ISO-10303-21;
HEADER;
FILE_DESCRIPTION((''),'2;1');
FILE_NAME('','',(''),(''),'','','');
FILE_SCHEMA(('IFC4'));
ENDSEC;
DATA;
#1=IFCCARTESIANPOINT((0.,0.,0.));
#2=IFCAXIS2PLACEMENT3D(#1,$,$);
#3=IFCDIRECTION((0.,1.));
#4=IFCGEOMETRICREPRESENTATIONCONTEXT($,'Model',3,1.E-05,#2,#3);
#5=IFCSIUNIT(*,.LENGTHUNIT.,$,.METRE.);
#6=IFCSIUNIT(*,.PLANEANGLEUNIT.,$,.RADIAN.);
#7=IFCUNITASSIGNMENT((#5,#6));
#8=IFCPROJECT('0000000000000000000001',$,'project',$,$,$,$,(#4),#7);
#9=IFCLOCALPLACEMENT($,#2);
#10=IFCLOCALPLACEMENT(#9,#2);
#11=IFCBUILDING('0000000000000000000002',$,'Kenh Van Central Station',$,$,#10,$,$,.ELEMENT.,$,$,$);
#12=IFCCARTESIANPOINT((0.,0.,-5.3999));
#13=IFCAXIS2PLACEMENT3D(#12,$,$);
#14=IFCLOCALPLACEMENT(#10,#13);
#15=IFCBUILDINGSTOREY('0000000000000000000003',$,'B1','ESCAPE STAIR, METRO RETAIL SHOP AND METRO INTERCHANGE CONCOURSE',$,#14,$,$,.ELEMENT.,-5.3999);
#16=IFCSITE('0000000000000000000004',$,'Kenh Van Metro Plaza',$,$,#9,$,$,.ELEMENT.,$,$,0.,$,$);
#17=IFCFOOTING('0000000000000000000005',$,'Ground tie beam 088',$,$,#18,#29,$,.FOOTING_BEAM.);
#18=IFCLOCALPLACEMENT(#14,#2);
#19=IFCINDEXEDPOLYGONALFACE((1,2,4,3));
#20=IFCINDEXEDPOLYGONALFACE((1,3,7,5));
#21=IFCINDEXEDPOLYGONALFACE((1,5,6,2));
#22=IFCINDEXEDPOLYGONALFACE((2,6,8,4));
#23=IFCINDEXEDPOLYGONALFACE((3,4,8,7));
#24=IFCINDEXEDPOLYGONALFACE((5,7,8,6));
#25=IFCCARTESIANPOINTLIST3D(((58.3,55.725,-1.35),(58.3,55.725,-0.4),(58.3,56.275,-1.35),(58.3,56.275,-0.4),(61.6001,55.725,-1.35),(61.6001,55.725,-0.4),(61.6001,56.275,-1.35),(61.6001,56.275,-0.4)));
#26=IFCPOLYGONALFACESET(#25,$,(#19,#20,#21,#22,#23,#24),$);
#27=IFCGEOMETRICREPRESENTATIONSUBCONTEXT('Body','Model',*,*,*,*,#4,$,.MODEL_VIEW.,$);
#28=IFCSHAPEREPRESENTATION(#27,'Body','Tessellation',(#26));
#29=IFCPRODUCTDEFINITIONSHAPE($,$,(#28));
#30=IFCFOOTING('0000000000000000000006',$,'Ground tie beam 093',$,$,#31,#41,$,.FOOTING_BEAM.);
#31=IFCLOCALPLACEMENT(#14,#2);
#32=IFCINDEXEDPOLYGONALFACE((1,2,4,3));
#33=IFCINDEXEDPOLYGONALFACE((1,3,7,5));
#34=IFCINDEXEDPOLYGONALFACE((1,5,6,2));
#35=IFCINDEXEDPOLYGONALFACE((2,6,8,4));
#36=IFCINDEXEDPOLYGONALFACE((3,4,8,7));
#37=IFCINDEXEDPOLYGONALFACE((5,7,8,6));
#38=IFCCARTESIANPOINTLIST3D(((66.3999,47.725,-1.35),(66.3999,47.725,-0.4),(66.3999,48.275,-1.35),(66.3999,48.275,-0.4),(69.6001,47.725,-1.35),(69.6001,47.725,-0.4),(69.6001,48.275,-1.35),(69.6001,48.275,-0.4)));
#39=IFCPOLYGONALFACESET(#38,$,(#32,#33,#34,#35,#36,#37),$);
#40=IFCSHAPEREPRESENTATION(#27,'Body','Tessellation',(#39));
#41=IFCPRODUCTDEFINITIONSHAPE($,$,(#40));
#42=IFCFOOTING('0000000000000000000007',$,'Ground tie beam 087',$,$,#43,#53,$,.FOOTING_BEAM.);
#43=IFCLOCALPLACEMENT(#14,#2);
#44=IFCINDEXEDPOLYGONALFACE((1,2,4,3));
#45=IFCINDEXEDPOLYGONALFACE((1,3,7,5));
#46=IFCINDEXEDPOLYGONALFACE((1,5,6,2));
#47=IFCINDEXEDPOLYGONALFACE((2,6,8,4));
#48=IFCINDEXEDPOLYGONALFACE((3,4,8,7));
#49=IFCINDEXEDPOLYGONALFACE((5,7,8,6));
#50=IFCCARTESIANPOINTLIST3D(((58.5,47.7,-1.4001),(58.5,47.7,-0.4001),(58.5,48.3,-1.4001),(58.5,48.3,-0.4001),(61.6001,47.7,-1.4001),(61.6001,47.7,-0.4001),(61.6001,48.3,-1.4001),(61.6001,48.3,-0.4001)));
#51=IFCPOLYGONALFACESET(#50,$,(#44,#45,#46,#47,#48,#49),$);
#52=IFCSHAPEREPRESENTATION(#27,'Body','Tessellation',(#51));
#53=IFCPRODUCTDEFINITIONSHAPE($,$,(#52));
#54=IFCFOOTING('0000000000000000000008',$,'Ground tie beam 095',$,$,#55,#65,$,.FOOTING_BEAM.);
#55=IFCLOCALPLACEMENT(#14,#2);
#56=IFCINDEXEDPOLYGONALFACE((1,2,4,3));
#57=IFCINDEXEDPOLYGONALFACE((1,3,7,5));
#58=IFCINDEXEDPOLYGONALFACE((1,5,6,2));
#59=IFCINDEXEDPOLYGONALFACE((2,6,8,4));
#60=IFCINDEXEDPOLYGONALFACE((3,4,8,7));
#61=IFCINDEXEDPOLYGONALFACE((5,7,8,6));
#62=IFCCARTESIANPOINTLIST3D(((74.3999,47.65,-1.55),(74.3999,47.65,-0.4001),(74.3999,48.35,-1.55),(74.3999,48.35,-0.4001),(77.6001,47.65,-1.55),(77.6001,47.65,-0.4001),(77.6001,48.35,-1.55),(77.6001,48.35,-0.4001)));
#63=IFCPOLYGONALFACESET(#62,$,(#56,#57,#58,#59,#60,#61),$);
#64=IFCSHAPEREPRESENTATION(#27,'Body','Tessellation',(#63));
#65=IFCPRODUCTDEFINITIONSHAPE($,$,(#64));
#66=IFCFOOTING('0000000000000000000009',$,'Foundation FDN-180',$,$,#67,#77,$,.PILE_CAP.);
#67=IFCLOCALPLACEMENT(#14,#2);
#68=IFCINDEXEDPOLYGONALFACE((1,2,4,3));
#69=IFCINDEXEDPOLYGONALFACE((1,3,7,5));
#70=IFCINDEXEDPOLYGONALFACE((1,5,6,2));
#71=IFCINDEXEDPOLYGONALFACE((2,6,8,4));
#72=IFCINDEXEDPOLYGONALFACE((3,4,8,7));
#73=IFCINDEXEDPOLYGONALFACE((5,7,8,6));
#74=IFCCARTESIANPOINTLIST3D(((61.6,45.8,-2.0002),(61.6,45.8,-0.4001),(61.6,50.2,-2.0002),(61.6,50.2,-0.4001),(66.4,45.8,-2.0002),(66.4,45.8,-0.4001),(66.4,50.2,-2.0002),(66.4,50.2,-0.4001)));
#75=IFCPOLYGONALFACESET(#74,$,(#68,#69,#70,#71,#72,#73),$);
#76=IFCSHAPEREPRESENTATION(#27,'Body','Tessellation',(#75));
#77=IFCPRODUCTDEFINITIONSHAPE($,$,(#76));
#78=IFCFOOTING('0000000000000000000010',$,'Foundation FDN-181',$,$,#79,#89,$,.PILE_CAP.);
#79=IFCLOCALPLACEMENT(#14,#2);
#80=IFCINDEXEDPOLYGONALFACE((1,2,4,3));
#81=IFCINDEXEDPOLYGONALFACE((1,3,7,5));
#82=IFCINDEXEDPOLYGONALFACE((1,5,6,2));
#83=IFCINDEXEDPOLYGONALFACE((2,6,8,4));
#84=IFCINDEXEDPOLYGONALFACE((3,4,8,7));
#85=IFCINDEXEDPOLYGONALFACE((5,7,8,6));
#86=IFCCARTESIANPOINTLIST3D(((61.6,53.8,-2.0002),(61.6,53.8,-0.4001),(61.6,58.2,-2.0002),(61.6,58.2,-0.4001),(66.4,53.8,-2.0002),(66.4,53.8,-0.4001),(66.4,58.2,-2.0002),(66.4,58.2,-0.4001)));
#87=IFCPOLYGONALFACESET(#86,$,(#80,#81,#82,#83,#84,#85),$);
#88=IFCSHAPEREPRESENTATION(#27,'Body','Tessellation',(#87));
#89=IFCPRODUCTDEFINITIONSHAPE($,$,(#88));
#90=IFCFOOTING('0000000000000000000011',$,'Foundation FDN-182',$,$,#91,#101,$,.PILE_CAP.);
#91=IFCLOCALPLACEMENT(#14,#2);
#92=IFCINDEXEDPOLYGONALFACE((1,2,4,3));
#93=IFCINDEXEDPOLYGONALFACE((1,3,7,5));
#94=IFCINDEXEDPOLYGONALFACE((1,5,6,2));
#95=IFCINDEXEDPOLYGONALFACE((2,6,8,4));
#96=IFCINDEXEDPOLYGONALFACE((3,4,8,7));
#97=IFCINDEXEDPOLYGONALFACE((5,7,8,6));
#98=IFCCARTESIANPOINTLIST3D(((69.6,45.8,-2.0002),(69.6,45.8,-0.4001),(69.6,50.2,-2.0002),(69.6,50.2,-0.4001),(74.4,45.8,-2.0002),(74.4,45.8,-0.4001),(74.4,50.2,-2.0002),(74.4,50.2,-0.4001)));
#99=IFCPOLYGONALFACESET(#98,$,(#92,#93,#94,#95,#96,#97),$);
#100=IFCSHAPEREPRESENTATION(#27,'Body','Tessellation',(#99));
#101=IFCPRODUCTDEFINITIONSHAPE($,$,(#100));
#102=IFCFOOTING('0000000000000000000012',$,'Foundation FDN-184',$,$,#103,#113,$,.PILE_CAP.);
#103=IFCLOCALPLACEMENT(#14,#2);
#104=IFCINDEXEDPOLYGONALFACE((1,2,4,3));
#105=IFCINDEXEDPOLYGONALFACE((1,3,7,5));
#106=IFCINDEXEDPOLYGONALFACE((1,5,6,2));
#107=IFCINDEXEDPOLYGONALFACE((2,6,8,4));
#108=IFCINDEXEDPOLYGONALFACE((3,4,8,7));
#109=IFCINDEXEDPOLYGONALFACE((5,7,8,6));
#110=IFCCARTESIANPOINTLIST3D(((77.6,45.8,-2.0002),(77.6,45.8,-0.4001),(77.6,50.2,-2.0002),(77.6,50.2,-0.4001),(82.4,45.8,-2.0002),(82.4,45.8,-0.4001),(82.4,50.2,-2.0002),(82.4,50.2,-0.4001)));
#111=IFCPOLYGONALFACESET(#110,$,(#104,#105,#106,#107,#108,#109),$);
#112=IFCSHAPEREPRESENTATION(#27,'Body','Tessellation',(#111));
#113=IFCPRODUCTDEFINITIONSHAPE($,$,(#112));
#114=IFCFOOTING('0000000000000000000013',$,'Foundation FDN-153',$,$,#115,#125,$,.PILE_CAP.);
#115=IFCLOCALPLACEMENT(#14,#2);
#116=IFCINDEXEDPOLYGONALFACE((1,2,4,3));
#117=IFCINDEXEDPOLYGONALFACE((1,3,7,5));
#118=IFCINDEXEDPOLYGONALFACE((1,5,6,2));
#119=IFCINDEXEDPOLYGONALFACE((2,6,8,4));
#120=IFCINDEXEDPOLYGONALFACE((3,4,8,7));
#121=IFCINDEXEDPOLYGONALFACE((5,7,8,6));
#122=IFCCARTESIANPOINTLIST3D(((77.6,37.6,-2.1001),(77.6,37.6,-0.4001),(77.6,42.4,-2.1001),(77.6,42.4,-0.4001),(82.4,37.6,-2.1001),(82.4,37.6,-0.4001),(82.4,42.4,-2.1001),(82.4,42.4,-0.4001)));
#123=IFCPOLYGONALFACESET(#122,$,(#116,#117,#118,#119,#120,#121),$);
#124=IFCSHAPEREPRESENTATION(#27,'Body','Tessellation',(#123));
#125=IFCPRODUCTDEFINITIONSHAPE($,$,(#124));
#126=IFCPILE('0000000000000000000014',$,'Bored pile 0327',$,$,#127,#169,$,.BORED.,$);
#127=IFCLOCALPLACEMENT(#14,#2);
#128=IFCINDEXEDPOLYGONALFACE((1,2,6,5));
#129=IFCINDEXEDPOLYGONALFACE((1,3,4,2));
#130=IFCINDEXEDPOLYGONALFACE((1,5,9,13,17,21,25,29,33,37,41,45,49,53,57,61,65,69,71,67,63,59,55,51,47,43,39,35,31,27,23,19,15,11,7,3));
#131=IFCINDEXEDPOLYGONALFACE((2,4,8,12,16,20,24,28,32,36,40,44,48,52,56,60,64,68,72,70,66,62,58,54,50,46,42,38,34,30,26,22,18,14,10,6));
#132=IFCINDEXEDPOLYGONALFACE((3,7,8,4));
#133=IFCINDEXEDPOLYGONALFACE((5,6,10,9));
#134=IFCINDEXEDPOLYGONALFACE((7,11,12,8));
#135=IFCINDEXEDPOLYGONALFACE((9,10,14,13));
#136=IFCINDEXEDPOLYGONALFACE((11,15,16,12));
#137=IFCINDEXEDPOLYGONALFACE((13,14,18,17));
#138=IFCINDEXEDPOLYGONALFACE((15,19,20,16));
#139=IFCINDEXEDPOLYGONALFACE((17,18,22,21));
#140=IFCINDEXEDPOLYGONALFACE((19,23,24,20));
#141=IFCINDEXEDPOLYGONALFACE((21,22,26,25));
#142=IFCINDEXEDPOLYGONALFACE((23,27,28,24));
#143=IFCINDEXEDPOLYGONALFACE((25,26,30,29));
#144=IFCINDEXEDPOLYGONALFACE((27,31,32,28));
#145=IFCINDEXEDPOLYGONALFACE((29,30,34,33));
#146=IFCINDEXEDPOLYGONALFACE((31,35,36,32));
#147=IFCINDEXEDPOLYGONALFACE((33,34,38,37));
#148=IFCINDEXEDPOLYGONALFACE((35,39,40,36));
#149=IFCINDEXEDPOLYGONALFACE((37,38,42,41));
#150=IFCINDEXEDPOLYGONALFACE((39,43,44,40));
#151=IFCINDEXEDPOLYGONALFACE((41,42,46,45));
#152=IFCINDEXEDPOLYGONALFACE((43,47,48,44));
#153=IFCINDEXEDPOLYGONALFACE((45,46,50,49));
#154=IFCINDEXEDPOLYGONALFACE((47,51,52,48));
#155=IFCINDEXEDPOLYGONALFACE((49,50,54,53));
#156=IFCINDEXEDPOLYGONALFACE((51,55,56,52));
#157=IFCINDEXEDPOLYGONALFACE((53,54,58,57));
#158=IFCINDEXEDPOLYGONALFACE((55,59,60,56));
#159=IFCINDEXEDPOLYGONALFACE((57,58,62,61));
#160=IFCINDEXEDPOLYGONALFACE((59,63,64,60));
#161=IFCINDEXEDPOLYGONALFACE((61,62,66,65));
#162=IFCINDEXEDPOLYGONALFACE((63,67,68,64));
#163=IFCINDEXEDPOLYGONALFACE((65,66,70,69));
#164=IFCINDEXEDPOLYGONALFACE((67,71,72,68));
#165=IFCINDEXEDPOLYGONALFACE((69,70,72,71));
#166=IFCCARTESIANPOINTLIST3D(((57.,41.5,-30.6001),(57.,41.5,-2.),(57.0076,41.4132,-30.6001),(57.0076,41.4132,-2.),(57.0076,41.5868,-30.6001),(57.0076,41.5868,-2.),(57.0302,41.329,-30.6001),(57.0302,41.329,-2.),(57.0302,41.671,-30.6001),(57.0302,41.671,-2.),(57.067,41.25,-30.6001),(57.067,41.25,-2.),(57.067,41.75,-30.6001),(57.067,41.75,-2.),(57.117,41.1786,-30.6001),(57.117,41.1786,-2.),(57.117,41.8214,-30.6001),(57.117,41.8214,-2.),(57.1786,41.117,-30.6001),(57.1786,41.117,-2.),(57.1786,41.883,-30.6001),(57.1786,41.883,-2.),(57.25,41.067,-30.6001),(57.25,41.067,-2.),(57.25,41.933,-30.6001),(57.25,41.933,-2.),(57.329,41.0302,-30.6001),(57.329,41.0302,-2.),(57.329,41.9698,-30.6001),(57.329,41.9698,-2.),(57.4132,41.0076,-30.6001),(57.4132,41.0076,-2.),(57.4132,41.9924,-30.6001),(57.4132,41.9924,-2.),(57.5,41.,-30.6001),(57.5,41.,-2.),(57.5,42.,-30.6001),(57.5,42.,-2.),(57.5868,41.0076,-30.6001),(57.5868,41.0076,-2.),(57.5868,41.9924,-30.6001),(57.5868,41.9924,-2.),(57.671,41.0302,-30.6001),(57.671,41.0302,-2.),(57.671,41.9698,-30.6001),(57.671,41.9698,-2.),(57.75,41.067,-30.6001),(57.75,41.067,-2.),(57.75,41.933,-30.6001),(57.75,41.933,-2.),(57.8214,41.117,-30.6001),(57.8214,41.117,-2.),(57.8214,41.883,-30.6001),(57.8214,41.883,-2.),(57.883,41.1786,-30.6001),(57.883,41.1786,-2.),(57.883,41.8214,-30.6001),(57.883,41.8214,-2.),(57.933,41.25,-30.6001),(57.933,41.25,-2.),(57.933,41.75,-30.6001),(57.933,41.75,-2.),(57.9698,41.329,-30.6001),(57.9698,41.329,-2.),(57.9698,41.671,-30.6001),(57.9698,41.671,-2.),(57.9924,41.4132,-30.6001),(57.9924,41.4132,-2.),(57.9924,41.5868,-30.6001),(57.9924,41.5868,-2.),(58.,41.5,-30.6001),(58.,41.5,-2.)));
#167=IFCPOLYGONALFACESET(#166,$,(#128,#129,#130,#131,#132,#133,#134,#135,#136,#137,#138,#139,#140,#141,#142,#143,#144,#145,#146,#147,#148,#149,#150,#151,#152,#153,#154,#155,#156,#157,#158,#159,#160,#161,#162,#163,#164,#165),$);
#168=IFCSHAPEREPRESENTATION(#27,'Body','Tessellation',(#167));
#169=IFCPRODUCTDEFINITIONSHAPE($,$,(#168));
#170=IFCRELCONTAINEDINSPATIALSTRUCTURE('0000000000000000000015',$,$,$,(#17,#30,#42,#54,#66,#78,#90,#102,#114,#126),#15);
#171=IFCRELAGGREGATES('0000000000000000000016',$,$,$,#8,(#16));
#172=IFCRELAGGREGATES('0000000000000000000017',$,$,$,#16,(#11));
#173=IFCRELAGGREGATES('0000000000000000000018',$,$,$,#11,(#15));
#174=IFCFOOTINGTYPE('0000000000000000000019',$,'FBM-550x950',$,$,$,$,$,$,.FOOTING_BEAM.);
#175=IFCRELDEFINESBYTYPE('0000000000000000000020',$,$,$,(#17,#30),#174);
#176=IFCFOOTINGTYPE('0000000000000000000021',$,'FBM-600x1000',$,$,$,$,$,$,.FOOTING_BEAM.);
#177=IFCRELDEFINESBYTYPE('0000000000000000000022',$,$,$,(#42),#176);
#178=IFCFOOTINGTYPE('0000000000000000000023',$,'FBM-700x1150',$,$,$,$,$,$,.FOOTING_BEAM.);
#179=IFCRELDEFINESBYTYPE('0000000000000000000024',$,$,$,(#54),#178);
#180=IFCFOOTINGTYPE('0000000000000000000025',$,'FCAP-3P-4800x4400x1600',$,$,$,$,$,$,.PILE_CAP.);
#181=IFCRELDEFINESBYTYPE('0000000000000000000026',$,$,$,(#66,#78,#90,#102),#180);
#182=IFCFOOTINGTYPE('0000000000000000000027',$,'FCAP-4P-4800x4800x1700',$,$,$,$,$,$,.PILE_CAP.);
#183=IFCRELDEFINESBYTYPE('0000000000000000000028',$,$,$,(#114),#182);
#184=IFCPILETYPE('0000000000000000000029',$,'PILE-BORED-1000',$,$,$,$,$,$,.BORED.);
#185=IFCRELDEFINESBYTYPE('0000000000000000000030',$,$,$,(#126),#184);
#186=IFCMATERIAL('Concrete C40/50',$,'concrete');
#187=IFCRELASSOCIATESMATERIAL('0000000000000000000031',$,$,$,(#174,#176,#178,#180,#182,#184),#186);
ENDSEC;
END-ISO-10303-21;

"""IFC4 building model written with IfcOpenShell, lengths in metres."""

from ifc_helpers import new_model, si_unit, direction, frame, origin, origin_2d, place, context, subcontext, project, spatial, rectangle, circle, extrude, material, material_profile, profile_set, type_object, element, save


model = new_model("IFC4")

# Units and contexts
model_context = context("Model", 3, precision=1e-05, world=origin(), true_north=direction((0.0, 1.0)))
body_context = subcontext(model_context, "Body", "Model", "MODEL_VIEW")
ifc_project = project(units=[si_unit("LENGTHUNIT", "METRE"), si_unit("PLANEANGLEUNIT", "RADIAN")], contexts=[model_context])

# Site, building, storey
site_placement = place(None, origin())
site = spatial("IfcSite", under=ifc_project, at=site_placement, Name="Kenh Van Metro Plaza", CompositionType="ELEMENT", RefElevation=0.0)
building_placement = place(site_placement, origin())
building = spatial("IfcBuilding", under=site, at=building_placement, Name="Kenh Van Central Station", CompositionType="ELEMENT")
storey_placement = place(building_placement, frame((0.0, 0.0, -5.3999)))
storey = spatial("IfcBuildingStorey", under=building, at=storey_placement, Name="B1", Description="ESCAPE STAIR, METRO RETAIL SHOP AND METRO INTERCHANGE CONCOURSE", CompositionType="ELEMENT", Elevation=-5.3999)

# Footings
ifc_material = material(Name="Concrete C40/50", Category="concrete")
ifc_material_profile_1 = material_profile(ifc_material, rectangle(XDim=0.55, YDim=0.95, at=origin_2d()), Name="RC 550x950")
ifc_profile_set_1 = profile_set([ifc_material_profile_1], Name="Concrete C40/50")
footing_type_1 = type_object("IfcFootingType", Name="FBM-550x950", PredefinedType="FOOTING_BEAM", material=ifc_profile_set_1)
footing_1_placement = place(storey_placement, frame((58.3, 56.0, -0.875), z_axis=(1.0, 0.0, 0.0), x_axis=(0.0, 1.0, 0.0)))
element("IfcFooting", 1, at=footing_1_placement, inside=storey, type_object=footing_type_1, Name="Ground tie beam 088", PredefinedType="FOOTING_BEAM", context=body_context, shape_type="SweptSolid", body=[
    extrude(rectangle(XDim=0.55, YDim=0.95, at=origin_2d()), origin(), (0.0, 0.0, 1.0), 3.3),
])
footing_2_placement = place(storey_placement, frame((66.3999, 48.0, -0.875), z_axis=(1.0, 0.0, 0.0), x_axis=(0.0, 1.0, 0.0)))
element("IfcFooting", 2, at=footing_2_placement, inside=storey, type_object=footing_type_1, Name="Ground tie beam 093", PredefinedType="FOOTING_BEAM", context=body_context, shape_type="SweptSolid", body=[
    extrude(rectangle(XDim=0.55, YDim=0.95, at=origin_2d()), origin(), (0.0, 0.0, 1.0), 3.2002),
])
ifc_material_profile_2 = material_profile(ifc_material, rectangle(XDim=0.6001, YDim=1.0, at=origin_2d()), Name="RC 600x1000")
ifc_profile_set_2 = profile_set([ifc_material_profile_2], Name="Concrete C40/50")
footing_type_2 = type_object("IfcFootingType", Name="FBM-600x1000", PredefinedType="FOOTING_BEAM", material=ifc_profile_set_2)
footing_3_placement = place(storey_placement, frame((58.5, 48.0, -0.9001), z_axis=(1.0, 0.0, 0.0), x_axis=(0.0, 1.0, 0.0)))
element("IfcFooting", 3, at=footing_3_placement, inside=storey, type_object=footing_type_2, Name="Ground tie beam 087", PredefinedType="FOOTING_BEAM", context=body_context, shape_type="SweptSolid", body=[
    extrude(rectangle(XDim=0.6001, YDim=1.0, at=origin_2d()), origin(), (0.0, 0.0, 1.0), 3.1001),
])
ifc_material_profile_3 = material_profile(ifc_material, rectangle(XDim=0.7, YDim=1.1499, at=origin_2d()), Name="RC 700x1150")
ifc_profile_set_3 = profile_set([ifc_material_profile_3], Name="Concrete C40/50")
footing_type_3 = type_object("IfcFootingType", Name="FBM-700x1150", PredefinedType="FOOTING_BEAM", material=ifc_profile_set_3)
footing_4_placement = place(storey_placement, frame((74.3999, 48.0, -0.9751), z_axis=(1.0, 0.0, 0.0), x_axis=(0.0, 1.0, 0.0)))
element("IfcFooting", 4, at=footing_4_placement, inside=storey, type_object=footing_type_3, Name="Ground tie beam 095", PredefinedType="FOOTING_BEAM", context=body_context, shape_type="SweptSolid", body=[
    extrude(rectangle(XDim=0.7, YDim=1.1499, at=origin_2d()), origin(), (0.0, 0.0, 1.0), 3.2002),
])
footing_type_4 = type_object("IfcFootingType", Name="FCAP-3P-4800x4400x1600", PredefinedType="PILE_CAP", material=ifc_material)
for number, where, z_axis, x_axis, name in (
    (5, (64.0, 48.0, -2.0002), (0.0, 0.0, 1.0), (1.0, 0.0, 0.0), "Foundation FDN-180"),
    (6, (64.0, 56.0, -2.0002), (0.0, 0.0, 1.0), (1.0, 0.0, 0.0), "Foundation FDN-181"),
    (7, (72.0, 48.0, -2.0002), (0.0, 0.0, 1.0), (1.0, 0.0, 0.0), "Foundation FDN-182"),
    (8, (80.0, 48.0, -2.0002), (0.0, 0.0, 1.0), (1.0, 0.0, 0.0), "Foundation FDN-184"),
):
    element("IfcFooting", number, at=place(storey_placement, frame(where, z_axis=z_axis, x_axis=x_axis)), inside=storey, type_object=footing_type_4, Name=name, PredefinedType="PILE_CAP", context=body_context, shape_type="SweptSolid", body=[
        extrude(rectangle(XDim=4.8, YDim=4.3999, at=origin_2d()), origin(), (0.0, 0.0, 1.0), 1.6001),
    ])
footing_type_5 = type_object("IfcFootingType", Name="FCAP-4P-4800x4800x1700", PredefinedType="PILE_CAP", material=ifc_material)
footing_5_placement = place(storey_placement, frame((80.0, 40.0, -2.1001), z_axis=(0.0, 0.0, 1.0), x_axis=(1.0, 0.0, 0.0)))
element("IfcFooting", 9, at=footing_5_placement, inside=storey, type_object=footing_type_5, Name="Foundation FDN-153", PredefinedType="PILE_CAP", context=body_context, shape_type="SweptSolid", body=[
    extrude(rectangle(XDim=4.8, YDim=4.8, at=origin_2d()), origin(), (0.0, 0.0, 1.0), 1.7),
])

# Pile
ifc_material_profile_4 = material_profile(ifc_material, circle(Radius=0.5, at=origin_2d()), Name="PILE D1000")
ifc_profile_set_4 = profile_set([ifc_material_profile_4], Name="Concrete C40/50")
pile_type = type_object("IfcPileType", Name="PILE-BORED-1000", PredefinedType="BORED", material=ifc_profile_set_4)
pile_1_placement = place(storey_placement, frame((57.5, 41.5, -2.0), z_axis=(0.0, 0.0, -1.0), x_axis=(1.0, 0.0, 0.0)))
element("IfcPile", 10, at=pile_1_placement, inside=storey, type_object=pile_type, Name="Bored pile 0327", PredefinedType="BORED", context=body_context, shape_type="SweptSolid", body=[
    extrude(circle(Radius=0.5, at=origin_2d()), origin(), (0.0, 0.0, 1.0), 28.6001),
])

save(model, "model.ifc")
